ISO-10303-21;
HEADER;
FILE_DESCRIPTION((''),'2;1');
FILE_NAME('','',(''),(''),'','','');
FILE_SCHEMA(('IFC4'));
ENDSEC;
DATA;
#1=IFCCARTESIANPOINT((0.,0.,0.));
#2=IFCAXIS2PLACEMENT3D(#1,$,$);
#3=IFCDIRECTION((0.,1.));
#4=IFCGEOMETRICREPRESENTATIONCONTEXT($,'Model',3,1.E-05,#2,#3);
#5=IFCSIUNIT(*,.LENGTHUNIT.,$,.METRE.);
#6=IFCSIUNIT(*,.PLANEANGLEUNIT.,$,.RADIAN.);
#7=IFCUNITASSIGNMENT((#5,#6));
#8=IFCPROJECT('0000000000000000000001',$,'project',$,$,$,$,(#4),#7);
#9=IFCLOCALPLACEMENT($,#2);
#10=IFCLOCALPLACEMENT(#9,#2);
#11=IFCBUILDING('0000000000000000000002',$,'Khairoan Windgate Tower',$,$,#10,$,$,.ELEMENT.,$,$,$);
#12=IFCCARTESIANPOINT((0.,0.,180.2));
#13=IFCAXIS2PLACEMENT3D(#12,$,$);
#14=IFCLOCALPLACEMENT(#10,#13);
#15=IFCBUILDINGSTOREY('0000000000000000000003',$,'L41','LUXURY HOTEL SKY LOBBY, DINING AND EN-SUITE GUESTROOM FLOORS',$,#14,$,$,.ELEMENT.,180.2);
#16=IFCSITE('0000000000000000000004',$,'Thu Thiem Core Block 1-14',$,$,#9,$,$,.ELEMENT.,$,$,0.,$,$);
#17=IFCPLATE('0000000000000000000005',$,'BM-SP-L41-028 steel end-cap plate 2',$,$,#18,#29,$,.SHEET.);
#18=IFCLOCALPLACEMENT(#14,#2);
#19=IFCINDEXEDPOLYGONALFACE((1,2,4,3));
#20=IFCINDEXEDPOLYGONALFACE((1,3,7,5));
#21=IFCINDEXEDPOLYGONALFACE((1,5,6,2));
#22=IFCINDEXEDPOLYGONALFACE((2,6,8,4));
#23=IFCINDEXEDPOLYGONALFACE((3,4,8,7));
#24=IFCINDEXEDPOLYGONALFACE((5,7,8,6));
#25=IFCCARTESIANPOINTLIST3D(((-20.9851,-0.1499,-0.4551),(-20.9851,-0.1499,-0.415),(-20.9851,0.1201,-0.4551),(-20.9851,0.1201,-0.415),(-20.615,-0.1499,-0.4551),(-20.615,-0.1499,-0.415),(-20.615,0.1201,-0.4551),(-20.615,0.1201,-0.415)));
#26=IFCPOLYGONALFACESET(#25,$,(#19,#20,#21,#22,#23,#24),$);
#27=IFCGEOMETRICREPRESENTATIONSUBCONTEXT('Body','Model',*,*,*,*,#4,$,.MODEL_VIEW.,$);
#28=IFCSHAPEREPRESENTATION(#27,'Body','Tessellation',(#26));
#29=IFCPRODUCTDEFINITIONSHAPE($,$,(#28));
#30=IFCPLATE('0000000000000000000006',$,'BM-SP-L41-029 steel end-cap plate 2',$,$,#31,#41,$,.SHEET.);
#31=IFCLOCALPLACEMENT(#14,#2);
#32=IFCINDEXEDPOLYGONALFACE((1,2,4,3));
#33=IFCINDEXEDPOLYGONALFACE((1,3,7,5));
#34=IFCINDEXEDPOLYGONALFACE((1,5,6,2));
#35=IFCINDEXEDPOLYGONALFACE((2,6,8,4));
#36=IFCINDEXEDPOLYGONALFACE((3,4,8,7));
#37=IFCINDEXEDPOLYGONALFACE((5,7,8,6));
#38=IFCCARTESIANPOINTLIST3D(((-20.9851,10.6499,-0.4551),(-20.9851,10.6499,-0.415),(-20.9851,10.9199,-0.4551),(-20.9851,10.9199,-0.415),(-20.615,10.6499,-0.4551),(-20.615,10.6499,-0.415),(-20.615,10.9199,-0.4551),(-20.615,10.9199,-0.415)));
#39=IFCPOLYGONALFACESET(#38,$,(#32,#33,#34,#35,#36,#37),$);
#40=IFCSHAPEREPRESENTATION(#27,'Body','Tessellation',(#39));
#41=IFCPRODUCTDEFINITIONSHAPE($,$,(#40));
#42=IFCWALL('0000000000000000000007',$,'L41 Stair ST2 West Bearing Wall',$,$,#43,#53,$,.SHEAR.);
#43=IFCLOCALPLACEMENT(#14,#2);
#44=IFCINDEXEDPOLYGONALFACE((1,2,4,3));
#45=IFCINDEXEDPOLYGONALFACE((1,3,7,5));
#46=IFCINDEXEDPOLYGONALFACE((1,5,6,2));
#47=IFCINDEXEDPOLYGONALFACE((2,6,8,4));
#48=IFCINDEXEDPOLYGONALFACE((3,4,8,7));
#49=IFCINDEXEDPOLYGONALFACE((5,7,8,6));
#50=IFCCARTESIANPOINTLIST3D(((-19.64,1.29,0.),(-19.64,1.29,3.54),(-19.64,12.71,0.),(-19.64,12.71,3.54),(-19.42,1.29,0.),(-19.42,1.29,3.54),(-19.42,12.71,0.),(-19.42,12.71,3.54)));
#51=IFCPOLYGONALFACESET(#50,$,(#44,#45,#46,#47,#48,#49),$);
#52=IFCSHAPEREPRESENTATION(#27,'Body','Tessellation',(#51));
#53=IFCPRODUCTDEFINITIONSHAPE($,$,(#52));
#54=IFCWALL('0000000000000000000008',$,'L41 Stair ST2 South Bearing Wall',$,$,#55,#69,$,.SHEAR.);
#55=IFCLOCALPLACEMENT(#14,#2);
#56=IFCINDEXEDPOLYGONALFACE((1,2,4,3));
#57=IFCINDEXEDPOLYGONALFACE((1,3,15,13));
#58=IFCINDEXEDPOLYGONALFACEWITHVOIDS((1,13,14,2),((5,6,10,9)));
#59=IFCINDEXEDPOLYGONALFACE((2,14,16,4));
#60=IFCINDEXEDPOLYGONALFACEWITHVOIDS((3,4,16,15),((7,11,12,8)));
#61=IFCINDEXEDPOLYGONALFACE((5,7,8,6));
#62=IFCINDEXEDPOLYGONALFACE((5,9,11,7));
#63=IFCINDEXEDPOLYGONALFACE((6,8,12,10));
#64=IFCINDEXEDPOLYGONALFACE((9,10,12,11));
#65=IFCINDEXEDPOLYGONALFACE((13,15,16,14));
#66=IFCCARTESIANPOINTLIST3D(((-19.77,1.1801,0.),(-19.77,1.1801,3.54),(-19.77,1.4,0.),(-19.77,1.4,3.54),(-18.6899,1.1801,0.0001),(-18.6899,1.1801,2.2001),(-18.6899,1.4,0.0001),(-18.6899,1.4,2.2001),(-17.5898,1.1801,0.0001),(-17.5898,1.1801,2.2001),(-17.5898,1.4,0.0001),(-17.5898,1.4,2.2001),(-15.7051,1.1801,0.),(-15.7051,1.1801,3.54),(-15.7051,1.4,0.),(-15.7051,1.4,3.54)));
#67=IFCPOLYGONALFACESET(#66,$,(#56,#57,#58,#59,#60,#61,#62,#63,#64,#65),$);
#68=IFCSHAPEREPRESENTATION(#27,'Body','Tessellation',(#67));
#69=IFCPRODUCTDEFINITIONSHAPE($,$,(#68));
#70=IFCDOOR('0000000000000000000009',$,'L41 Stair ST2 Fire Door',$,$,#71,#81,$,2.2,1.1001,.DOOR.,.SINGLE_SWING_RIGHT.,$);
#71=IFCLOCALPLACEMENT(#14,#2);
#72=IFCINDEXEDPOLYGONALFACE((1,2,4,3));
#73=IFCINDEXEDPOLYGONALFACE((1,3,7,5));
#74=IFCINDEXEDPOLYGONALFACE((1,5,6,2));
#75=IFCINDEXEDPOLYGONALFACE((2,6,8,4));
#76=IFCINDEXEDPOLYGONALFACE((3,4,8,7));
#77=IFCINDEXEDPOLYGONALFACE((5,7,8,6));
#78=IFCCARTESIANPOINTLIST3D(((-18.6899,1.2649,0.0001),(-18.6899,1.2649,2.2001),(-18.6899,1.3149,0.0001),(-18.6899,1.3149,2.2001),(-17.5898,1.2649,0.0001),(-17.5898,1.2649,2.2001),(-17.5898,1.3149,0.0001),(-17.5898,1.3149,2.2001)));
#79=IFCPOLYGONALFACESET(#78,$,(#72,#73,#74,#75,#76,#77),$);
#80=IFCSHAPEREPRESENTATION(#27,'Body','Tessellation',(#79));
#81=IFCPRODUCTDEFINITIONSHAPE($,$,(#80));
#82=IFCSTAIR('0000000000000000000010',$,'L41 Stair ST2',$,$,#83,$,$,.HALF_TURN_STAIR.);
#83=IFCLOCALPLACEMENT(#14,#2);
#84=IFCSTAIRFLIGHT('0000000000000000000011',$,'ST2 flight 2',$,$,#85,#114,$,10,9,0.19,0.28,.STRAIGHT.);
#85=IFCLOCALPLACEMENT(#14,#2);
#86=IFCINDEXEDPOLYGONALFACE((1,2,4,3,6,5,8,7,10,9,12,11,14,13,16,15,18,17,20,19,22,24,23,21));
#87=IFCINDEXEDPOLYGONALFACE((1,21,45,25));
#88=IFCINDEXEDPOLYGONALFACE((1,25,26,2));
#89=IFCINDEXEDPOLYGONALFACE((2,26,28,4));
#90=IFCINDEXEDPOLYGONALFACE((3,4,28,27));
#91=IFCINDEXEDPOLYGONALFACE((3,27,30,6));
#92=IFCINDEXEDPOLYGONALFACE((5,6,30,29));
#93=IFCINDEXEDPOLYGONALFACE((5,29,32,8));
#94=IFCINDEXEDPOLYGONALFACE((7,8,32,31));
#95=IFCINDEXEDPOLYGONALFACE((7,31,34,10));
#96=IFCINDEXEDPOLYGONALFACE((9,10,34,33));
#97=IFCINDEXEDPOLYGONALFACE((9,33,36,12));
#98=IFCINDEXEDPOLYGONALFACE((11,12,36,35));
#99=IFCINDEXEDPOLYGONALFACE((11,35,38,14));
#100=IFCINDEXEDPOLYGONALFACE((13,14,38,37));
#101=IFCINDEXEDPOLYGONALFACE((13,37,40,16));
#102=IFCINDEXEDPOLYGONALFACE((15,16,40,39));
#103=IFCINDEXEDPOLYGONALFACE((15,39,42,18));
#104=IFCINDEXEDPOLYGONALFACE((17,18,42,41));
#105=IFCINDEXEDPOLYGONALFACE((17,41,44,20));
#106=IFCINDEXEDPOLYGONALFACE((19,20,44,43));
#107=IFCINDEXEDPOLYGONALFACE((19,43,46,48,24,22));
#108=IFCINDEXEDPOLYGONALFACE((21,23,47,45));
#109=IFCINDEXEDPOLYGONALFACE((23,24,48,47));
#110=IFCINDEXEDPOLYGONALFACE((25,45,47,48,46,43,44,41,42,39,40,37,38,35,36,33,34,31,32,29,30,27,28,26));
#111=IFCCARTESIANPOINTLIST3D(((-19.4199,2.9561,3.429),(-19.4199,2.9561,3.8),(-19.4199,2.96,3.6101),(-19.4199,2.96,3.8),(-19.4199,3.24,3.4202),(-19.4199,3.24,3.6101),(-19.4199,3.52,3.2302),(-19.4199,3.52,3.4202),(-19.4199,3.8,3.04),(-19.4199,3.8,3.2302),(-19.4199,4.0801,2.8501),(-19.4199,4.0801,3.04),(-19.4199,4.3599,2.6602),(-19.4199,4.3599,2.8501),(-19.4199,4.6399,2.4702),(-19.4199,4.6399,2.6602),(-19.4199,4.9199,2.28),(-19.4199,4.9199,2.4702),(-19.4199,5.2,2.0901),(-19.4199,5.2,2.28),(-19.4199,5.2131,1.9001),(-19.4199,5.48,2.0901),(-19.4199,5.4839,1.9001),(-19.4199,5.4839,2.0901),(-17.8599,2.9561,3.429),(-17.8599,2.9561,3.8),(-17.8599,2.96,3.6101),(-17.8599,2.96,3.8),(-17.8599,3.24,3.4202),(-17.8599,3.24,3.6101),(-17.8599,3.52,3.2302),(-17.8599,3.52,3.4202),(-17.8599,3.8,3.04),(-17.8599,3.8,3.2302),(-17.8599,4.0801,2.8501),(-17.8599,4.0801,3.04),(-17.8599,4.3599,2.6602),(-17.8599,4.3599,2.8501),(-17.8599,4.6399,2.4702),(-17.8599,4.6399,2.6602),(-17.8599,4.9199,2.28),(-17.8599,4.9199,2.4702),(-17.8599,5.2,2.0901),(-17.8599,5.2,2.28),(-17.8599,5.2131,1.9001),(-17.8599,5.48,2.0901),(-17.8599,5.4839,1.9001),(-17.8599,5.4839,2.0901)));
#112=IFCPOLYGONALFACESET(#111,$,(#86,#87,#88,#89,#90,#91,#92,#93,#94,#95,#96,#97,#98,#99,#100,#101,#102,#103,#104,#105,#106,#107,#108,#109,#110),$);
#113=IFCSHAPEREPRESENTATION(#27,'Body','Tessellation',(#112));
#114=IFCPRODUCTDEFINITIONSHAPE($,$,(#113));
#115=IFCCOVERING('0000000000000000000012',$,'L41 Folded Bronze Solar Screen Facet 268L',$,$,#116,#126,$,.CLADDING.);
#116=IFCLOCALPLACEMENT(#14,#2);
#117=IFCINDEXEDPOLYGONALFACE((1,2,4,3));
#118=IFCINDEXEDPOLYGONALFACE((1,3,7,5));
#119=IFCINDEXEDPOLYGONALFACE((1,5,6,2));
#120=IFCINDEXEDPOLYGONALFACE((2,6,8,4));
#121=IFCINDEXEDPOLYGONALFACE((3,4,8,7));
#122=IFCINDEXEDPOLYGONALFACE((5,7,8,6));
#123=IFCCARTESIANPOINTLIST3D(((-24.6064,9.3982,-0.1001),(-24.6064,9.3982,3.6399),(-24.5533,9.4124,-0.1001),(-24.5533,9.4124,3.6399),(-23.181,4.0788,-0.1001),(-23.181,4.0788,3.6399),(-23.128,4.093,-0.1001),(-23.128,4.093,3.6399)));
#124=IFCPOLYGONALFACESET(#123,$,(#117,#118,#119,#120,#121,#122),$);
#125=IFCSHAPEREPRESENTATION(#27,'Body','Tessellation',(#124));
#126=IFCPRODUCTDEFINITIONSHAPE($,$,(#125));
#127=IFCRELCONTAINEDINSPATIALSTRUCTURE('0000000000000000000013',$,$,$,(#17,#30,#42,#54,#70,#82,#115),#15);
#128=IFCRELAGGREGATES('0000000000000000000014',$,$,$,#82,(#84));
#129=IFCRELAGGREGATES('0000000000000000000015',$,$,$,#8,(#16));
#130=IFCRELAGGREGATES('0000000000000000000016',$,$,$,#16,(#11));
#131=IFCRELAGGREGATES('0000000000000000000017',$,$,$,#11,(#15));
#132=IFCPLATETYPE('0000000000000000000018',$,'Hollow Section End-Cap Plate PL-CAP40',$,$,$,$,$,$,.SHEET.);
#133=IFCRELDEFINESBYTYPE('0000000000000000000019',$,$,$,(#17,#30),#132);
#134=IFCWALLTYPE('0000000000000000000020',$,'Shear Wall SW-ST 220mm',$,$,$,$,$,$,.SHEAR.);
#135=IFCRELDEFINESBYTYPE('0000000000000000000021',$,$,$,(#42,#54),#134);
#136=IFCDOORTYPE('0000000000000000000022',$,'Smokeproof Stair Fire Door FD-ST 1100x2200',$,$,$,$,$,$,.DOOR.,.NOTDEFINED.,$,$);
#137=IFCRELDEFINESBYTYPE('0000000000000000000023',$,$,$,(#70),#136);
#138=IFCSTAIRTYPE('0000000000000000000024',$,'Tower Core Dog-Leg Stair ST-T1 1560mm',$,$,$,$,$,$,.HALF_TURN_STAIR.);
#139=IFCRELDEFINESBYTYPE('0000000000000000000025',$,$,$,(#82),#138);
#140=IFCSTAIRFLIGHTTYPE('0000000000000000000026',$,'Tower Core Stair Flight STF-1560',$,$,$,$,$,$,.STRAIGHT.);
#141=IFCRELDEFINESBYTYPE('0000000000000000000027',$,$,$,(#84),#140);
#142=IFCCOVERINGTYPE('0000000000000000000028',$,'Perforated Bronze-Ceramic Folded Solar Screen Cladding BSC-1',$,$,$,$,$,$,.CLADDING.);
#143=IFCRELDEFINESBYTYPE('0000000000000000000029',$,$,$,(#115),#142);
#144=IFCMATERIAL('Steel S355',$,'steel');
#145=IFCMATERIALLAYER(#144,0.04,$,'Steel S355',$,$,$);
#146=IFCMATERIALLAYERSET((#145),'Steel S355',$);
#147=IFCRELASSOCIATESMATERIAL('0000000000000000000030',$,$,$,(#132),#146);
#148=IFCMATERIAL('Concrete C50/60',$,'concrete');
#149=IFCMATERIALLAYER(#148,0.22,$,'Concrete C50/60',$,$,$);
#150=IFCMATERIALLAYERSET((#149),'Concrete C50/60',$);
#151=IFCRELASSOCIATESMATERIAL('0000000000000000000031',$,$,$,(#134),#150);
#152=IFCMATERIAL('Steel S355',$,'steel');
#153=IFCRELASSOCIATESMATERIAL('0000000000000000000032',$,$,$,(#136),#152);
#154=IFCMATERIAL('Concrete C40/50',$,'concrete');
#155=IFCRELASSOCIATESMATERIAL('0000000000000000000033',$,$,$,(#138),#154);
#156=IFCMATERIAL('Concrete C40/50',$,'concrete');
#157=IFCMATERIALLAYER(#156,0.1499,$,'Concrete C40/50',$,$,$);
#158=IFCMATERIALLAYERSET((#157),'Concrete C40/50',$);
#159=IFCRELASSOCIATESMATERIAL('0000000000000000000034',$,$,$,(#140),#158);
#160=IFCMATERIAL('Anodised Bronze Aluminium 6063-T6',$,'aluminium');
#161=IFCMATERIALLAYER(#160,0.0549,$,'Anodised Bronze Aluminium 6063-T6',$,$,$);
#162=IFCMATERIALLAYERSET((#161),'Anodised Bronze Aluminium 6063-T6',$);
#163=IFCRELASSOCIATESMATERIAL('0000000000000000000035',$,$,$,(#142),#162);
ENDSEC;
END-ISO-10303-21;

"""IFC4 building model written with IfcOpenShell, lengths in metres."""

from ifc_helpers import new_model, si_unit, direction, frame, frame_2d, origin, origin_2d, place, context, subcontext, project, spatial, polyline, rectangle, outline, extrude, material, layer, layer_set, type_object, element, fill, aggregate, save


model = new_model("IFC4")

# Units and contexts
model_context = context("Model", 3, precision=1e-05, world=origin(), true_north=direction((0.0, 1.0)))
body_context = subcontext(model_context, "Body", "Model", "MODEL_VIEW")
ifc_project = project(units=[si_unit("LENGTHUNIT", "METRE"), si_unit("PLANEANGLEUNIT", "RADIAN")], contexts=[model_context])

# Site, building, storey
site_placement = place(None, origin())
site = spatial("IfcSite", under=ifc_project, at=site_placement, Name="Thu Thiem Core Block 1-14", CompositionType="ELEMENT", RefElevation=0.0)
building_placement = place(site_placement, origin())
building = spatial("IfcBuilding", under=site, at=building_placement, Name="Khairoan Windgate Tower", CompositionType="ELEMENT")
storey_placement = place(building_placement, frame((0.0, 0.0, 180.2)))
storey = spatial("IfcBuildingStorey", under=building, at=storey_placement, Name="L41", Description="LUXURY HOTEL SKY LOBBY, DINING AND EN-SUITE GUESTROOM FLOORS", CompositionType="ELEMENT", Elevation=180.2)

# Plates
ifc_material_1 = material(Name="Steel S355", Category="steel")
ifc_layer_1 = layer(ifc_material_1, 0.04, Name="Steel S355")
ifc_layer_set_1 = layer_set([ifc_layer_1], Name="Steel S355")
plate_type = type_object("IfcPlateType", Name="Hollow Section End-Cap Plate PL-CAP40", PredefinedType="SHEET", material=ifc_layer_set_1)
for number, where, z_axis, x_axis, name in (
    (1, (-20.8, -0.0149, -0.4551), (0.0, 0.0, 1.0), (0.0, 1.0, 0.0), "BM-SP-L41-028 steel end-cap plate 2"),
    (2, (-20.8, 10.7849, -0.4551), (0.0, 0.0, 1.0), (0.0, 1.0, 0.0), "BM-SP-L41-029 steel end-cap plate 2"),
):
    element("IfcPlate", number, at=place(storey_placement, frame(where, z_axis=z_axis, x_axis=x_axis)), inside=storey, type_object=plate_type, Name=name, PredefinedType="SHEET", context=body_context, shape_type="SweptSolid", body=[
        extrude(rectangle(XDim=0.27, YDim=0.3701, at=origin_2d()), origin(), (0.0, 0.0, 1.0), 0.04),
    ])

# Wall
ifc_material_2 = material(Name="Concrete C50/60", Category="concrete")
ifc_layer_2 = layer(ifc_material_2, 0.22, Name="Concrete C50/60")
ifc_layer_set_2 = layer_set([ifc_layer_2], Name="Concrete C50/60")
wall_type = type_object("IfcWallType", Name="Shear Wall SW-ST 220mm", PredefinedType="SHEAR", material=ifc_layer_set_2)
wall_1_placement = place(storey_placement, frame((-19.53, 1.29, 0.0), z_axis=(0.0, 0.0, 1.0), x_axis=(0.0, 1.0, 0.0)))
element("IfcWall", 3, at=wall_1_placement, inside=storey, type_object=wall_type, Name="L41 Stair ST2 West Bearing Wall", PredefinedType="SHEAR", context=body_context, shape_type="SweptSolid", body=[
    extrude(rectangle(XDim=11.4199, YDim=0.22, at=frame_2d((5.71, 0.0))), origin(), (0.0, 0.0, 1.0), 3.54),
])

# Wall, opening, door
wall_2_placement = place(storey_placement, frame((-19.77, 1.29, 0.0), z_axis=(0.0, 0.0, 1.0), x_axis=(1.0, 0.0, 0.0)))
wall_2 = element("IfcWall", 4, at=wall_2_placement, inside=storey, type_object=wall_type, Name="L41 Stair ST2 South Bearing Wall", PredefinedType="SHEAR", context=body_context, shape_type="SweptSolid", body=[
    extrude(rectangle(XDim=4.0649, YDim=0.22, at=frame_2d((2.0325, 0.0))), origin(), (0.0, 0.0, 1.0), 3.54),
])
opening_placement = place(wall_2_placement, frame((1.0801, 0.0, 0.0)))
opening = element("IfcOpeningElement", 5, at=opening_placement, cuts=wall_2, PredefinedType="OPENING", context=body_context, shape_type="SweptSolid", body=[
    extrude(rectangle(XDim=1.1001, YDim=2.2, at=frame_2d((0.55, 1.1001))), frame((0.0, 0.1199, 0.0), z_axis=(0.0, -1.0, 0.0), x_axis=(1.0, 0.0, 0.0)), (0.0, 0.0, 1.0), 0.24),
])
ifc_material_3 = material(Name="Steel S355", Category="steel")
door_type = type_object("IfcDoorType", Name="Smokeproof Stair Fire Door FD-ST 1100x2200", OperationType="NOTDEFINED", PredefinedType="DOOR", material=ifc_material_3)
door_placement = place(opening_placement, origin())
door = element("IfcDoor", 6, at=door_placement, inside=storey, type_object=door_type, Name="L41 Stair ST2 Fire Door", OperationType="SINGLE_SWING_RIGHT", OverallHeight=2.2, OverallWidth=1.1001, PredefinedType="DOOR", context=body_context, shape_type="SweptSolid", body=[
    extrude(rectangle(XDim=1.1001, YDim=2.2, at=frame_2d((0.55, 1.1001))), frame((0.0, 0.0249, 0.0), z_axis=(0.0, -1.0, 0.0), x_axis=(1.0, 0.0, 0.0)), (0.0, 0.0, 1.0), 0.05),
])
fill(opening, door)

# Stair, stair flight
ifc_material_4 = material(Name="Concrete C40/50", Category="concrete")
stair_type = type_object("IfcStairType", Name="Tower Core Dog-Leg Stair ST-T1 1560mm", PredefinedType="HALF_TURN_STAIR", material=ifc_material_4)
stair_placement = place(storey_placement, origin())
stair = element("IfcStair", 7, at=stair_placement, inside=storey, type_object=stair_type, Name="L41 Stair ST2", PredefinedType="HALF_TURN_STAIR")
ifc_material_5 = material(Name="Concrete C40/50", Category="concrete")
ifc_layer_3 = layer(ifc_material_5, 0.1499, Name="Concrete C40/50")
ifc_layer_set_3 = layer_set([ifc_layer_3], Name="Concrete C40/50")
stair_flight_type = type_object("IfcStairFlightType", Name="Tower Core Stair Flight STF-1560", PredefinedType="STRAIGHT", material=ifc_layer_set_3)
stair_flight_placement = place(storey_placement, frame((-18.6399, 5.48, 1.9001), z_axis=(0.0, 0.0, 1.0), x_axis=(0.0, -1.0, 0.0)))
stair_flight = element("IfcStairFlight", 8, at=stair_flight_placement, type_object=stair_flight_type, Name="ST2 flight 2", NumberOfRisers=10, NumberOfTreads=9, PredefinedType="STRAIGHT", RiserHeight=0.19, TreadLength=0.28, context=body_context, shape_type="SweptSolid", body=[
    extrude(outline(polyline([(-0.0039, 0.0), (-0.0039, 0.1899), (0.0, 0.1899), (0.28, 0.1899), (0.28, 0.3799), (0.5601, 0.3799), (0.5601, 0.5701), (0.8401, 0.5701), (0.8401, 0.76), (1.1201, 0.76), (1.1201, 0.95), (1.3999, 0.95), (1.3999, 1.1399), (1.6799, 1.1399), (1.6799, 1.3301), (1.96, 1.3301), (1.96, 1.52), (2.24, 1.52), (2.24, 1.71), (2.52, 1.71), (2.52, 1.8999), (2.5239, 1.8999), (2.5239, 1.5288), (0.2668, 0.0), (-0.0039, 0.0)])), frame((0.0, 0.78, 0.0), z_axis=(0.0, -1.0, 0.0), x_axis=(1.0, 0.0, 0.0)), (0.0, 0.0, 1.0), 1.5601),
])
aggregate(stair, [stair_flight])

# Covering
ifc_material_6 = material(Name="Anodised Bronze Aluminium 6063-T6", Category="aluminium")
ifc_layer_4 = layer(ifc_material_6, 0.0549, Name="Anodised Bronze Aluminium 6063-T6")
ifc_layer_set_4 = layer_set([ifc_layer_4], Name="Anodised Bronze Aluminium 6063-T6")
covering_type = type_object("IfcCoveringType", Name="Perforated Bronze-Ceramic Folded Solar Screen Cladding BSC-1", PredefinedType="CLADDING", material=ifc_layer_set_4)
covering_placement = place(storey_placement, frame((-23.8672, 6.7456, -0.1001), z_axis=(0.0, 0.0, 1.0), x_axis=(-0.258819, 0.965926, 0.0)))
element("IfcCovering", 9, at=covering_placement, inside=storey, type_object=covering_type, Name="L41 Folded Bronze Solar Screen Facet 268L", PredefinedType="CLADDING", context=body_context, shape_type="SweptSolid", body=[
    extrude(rectangle(XDim=5.5071, YDim=0.0549, at=origin_2d()), origin(), (0.0, 0.0, 1.0), 3.74),
])

save(model, "model.ifc")
